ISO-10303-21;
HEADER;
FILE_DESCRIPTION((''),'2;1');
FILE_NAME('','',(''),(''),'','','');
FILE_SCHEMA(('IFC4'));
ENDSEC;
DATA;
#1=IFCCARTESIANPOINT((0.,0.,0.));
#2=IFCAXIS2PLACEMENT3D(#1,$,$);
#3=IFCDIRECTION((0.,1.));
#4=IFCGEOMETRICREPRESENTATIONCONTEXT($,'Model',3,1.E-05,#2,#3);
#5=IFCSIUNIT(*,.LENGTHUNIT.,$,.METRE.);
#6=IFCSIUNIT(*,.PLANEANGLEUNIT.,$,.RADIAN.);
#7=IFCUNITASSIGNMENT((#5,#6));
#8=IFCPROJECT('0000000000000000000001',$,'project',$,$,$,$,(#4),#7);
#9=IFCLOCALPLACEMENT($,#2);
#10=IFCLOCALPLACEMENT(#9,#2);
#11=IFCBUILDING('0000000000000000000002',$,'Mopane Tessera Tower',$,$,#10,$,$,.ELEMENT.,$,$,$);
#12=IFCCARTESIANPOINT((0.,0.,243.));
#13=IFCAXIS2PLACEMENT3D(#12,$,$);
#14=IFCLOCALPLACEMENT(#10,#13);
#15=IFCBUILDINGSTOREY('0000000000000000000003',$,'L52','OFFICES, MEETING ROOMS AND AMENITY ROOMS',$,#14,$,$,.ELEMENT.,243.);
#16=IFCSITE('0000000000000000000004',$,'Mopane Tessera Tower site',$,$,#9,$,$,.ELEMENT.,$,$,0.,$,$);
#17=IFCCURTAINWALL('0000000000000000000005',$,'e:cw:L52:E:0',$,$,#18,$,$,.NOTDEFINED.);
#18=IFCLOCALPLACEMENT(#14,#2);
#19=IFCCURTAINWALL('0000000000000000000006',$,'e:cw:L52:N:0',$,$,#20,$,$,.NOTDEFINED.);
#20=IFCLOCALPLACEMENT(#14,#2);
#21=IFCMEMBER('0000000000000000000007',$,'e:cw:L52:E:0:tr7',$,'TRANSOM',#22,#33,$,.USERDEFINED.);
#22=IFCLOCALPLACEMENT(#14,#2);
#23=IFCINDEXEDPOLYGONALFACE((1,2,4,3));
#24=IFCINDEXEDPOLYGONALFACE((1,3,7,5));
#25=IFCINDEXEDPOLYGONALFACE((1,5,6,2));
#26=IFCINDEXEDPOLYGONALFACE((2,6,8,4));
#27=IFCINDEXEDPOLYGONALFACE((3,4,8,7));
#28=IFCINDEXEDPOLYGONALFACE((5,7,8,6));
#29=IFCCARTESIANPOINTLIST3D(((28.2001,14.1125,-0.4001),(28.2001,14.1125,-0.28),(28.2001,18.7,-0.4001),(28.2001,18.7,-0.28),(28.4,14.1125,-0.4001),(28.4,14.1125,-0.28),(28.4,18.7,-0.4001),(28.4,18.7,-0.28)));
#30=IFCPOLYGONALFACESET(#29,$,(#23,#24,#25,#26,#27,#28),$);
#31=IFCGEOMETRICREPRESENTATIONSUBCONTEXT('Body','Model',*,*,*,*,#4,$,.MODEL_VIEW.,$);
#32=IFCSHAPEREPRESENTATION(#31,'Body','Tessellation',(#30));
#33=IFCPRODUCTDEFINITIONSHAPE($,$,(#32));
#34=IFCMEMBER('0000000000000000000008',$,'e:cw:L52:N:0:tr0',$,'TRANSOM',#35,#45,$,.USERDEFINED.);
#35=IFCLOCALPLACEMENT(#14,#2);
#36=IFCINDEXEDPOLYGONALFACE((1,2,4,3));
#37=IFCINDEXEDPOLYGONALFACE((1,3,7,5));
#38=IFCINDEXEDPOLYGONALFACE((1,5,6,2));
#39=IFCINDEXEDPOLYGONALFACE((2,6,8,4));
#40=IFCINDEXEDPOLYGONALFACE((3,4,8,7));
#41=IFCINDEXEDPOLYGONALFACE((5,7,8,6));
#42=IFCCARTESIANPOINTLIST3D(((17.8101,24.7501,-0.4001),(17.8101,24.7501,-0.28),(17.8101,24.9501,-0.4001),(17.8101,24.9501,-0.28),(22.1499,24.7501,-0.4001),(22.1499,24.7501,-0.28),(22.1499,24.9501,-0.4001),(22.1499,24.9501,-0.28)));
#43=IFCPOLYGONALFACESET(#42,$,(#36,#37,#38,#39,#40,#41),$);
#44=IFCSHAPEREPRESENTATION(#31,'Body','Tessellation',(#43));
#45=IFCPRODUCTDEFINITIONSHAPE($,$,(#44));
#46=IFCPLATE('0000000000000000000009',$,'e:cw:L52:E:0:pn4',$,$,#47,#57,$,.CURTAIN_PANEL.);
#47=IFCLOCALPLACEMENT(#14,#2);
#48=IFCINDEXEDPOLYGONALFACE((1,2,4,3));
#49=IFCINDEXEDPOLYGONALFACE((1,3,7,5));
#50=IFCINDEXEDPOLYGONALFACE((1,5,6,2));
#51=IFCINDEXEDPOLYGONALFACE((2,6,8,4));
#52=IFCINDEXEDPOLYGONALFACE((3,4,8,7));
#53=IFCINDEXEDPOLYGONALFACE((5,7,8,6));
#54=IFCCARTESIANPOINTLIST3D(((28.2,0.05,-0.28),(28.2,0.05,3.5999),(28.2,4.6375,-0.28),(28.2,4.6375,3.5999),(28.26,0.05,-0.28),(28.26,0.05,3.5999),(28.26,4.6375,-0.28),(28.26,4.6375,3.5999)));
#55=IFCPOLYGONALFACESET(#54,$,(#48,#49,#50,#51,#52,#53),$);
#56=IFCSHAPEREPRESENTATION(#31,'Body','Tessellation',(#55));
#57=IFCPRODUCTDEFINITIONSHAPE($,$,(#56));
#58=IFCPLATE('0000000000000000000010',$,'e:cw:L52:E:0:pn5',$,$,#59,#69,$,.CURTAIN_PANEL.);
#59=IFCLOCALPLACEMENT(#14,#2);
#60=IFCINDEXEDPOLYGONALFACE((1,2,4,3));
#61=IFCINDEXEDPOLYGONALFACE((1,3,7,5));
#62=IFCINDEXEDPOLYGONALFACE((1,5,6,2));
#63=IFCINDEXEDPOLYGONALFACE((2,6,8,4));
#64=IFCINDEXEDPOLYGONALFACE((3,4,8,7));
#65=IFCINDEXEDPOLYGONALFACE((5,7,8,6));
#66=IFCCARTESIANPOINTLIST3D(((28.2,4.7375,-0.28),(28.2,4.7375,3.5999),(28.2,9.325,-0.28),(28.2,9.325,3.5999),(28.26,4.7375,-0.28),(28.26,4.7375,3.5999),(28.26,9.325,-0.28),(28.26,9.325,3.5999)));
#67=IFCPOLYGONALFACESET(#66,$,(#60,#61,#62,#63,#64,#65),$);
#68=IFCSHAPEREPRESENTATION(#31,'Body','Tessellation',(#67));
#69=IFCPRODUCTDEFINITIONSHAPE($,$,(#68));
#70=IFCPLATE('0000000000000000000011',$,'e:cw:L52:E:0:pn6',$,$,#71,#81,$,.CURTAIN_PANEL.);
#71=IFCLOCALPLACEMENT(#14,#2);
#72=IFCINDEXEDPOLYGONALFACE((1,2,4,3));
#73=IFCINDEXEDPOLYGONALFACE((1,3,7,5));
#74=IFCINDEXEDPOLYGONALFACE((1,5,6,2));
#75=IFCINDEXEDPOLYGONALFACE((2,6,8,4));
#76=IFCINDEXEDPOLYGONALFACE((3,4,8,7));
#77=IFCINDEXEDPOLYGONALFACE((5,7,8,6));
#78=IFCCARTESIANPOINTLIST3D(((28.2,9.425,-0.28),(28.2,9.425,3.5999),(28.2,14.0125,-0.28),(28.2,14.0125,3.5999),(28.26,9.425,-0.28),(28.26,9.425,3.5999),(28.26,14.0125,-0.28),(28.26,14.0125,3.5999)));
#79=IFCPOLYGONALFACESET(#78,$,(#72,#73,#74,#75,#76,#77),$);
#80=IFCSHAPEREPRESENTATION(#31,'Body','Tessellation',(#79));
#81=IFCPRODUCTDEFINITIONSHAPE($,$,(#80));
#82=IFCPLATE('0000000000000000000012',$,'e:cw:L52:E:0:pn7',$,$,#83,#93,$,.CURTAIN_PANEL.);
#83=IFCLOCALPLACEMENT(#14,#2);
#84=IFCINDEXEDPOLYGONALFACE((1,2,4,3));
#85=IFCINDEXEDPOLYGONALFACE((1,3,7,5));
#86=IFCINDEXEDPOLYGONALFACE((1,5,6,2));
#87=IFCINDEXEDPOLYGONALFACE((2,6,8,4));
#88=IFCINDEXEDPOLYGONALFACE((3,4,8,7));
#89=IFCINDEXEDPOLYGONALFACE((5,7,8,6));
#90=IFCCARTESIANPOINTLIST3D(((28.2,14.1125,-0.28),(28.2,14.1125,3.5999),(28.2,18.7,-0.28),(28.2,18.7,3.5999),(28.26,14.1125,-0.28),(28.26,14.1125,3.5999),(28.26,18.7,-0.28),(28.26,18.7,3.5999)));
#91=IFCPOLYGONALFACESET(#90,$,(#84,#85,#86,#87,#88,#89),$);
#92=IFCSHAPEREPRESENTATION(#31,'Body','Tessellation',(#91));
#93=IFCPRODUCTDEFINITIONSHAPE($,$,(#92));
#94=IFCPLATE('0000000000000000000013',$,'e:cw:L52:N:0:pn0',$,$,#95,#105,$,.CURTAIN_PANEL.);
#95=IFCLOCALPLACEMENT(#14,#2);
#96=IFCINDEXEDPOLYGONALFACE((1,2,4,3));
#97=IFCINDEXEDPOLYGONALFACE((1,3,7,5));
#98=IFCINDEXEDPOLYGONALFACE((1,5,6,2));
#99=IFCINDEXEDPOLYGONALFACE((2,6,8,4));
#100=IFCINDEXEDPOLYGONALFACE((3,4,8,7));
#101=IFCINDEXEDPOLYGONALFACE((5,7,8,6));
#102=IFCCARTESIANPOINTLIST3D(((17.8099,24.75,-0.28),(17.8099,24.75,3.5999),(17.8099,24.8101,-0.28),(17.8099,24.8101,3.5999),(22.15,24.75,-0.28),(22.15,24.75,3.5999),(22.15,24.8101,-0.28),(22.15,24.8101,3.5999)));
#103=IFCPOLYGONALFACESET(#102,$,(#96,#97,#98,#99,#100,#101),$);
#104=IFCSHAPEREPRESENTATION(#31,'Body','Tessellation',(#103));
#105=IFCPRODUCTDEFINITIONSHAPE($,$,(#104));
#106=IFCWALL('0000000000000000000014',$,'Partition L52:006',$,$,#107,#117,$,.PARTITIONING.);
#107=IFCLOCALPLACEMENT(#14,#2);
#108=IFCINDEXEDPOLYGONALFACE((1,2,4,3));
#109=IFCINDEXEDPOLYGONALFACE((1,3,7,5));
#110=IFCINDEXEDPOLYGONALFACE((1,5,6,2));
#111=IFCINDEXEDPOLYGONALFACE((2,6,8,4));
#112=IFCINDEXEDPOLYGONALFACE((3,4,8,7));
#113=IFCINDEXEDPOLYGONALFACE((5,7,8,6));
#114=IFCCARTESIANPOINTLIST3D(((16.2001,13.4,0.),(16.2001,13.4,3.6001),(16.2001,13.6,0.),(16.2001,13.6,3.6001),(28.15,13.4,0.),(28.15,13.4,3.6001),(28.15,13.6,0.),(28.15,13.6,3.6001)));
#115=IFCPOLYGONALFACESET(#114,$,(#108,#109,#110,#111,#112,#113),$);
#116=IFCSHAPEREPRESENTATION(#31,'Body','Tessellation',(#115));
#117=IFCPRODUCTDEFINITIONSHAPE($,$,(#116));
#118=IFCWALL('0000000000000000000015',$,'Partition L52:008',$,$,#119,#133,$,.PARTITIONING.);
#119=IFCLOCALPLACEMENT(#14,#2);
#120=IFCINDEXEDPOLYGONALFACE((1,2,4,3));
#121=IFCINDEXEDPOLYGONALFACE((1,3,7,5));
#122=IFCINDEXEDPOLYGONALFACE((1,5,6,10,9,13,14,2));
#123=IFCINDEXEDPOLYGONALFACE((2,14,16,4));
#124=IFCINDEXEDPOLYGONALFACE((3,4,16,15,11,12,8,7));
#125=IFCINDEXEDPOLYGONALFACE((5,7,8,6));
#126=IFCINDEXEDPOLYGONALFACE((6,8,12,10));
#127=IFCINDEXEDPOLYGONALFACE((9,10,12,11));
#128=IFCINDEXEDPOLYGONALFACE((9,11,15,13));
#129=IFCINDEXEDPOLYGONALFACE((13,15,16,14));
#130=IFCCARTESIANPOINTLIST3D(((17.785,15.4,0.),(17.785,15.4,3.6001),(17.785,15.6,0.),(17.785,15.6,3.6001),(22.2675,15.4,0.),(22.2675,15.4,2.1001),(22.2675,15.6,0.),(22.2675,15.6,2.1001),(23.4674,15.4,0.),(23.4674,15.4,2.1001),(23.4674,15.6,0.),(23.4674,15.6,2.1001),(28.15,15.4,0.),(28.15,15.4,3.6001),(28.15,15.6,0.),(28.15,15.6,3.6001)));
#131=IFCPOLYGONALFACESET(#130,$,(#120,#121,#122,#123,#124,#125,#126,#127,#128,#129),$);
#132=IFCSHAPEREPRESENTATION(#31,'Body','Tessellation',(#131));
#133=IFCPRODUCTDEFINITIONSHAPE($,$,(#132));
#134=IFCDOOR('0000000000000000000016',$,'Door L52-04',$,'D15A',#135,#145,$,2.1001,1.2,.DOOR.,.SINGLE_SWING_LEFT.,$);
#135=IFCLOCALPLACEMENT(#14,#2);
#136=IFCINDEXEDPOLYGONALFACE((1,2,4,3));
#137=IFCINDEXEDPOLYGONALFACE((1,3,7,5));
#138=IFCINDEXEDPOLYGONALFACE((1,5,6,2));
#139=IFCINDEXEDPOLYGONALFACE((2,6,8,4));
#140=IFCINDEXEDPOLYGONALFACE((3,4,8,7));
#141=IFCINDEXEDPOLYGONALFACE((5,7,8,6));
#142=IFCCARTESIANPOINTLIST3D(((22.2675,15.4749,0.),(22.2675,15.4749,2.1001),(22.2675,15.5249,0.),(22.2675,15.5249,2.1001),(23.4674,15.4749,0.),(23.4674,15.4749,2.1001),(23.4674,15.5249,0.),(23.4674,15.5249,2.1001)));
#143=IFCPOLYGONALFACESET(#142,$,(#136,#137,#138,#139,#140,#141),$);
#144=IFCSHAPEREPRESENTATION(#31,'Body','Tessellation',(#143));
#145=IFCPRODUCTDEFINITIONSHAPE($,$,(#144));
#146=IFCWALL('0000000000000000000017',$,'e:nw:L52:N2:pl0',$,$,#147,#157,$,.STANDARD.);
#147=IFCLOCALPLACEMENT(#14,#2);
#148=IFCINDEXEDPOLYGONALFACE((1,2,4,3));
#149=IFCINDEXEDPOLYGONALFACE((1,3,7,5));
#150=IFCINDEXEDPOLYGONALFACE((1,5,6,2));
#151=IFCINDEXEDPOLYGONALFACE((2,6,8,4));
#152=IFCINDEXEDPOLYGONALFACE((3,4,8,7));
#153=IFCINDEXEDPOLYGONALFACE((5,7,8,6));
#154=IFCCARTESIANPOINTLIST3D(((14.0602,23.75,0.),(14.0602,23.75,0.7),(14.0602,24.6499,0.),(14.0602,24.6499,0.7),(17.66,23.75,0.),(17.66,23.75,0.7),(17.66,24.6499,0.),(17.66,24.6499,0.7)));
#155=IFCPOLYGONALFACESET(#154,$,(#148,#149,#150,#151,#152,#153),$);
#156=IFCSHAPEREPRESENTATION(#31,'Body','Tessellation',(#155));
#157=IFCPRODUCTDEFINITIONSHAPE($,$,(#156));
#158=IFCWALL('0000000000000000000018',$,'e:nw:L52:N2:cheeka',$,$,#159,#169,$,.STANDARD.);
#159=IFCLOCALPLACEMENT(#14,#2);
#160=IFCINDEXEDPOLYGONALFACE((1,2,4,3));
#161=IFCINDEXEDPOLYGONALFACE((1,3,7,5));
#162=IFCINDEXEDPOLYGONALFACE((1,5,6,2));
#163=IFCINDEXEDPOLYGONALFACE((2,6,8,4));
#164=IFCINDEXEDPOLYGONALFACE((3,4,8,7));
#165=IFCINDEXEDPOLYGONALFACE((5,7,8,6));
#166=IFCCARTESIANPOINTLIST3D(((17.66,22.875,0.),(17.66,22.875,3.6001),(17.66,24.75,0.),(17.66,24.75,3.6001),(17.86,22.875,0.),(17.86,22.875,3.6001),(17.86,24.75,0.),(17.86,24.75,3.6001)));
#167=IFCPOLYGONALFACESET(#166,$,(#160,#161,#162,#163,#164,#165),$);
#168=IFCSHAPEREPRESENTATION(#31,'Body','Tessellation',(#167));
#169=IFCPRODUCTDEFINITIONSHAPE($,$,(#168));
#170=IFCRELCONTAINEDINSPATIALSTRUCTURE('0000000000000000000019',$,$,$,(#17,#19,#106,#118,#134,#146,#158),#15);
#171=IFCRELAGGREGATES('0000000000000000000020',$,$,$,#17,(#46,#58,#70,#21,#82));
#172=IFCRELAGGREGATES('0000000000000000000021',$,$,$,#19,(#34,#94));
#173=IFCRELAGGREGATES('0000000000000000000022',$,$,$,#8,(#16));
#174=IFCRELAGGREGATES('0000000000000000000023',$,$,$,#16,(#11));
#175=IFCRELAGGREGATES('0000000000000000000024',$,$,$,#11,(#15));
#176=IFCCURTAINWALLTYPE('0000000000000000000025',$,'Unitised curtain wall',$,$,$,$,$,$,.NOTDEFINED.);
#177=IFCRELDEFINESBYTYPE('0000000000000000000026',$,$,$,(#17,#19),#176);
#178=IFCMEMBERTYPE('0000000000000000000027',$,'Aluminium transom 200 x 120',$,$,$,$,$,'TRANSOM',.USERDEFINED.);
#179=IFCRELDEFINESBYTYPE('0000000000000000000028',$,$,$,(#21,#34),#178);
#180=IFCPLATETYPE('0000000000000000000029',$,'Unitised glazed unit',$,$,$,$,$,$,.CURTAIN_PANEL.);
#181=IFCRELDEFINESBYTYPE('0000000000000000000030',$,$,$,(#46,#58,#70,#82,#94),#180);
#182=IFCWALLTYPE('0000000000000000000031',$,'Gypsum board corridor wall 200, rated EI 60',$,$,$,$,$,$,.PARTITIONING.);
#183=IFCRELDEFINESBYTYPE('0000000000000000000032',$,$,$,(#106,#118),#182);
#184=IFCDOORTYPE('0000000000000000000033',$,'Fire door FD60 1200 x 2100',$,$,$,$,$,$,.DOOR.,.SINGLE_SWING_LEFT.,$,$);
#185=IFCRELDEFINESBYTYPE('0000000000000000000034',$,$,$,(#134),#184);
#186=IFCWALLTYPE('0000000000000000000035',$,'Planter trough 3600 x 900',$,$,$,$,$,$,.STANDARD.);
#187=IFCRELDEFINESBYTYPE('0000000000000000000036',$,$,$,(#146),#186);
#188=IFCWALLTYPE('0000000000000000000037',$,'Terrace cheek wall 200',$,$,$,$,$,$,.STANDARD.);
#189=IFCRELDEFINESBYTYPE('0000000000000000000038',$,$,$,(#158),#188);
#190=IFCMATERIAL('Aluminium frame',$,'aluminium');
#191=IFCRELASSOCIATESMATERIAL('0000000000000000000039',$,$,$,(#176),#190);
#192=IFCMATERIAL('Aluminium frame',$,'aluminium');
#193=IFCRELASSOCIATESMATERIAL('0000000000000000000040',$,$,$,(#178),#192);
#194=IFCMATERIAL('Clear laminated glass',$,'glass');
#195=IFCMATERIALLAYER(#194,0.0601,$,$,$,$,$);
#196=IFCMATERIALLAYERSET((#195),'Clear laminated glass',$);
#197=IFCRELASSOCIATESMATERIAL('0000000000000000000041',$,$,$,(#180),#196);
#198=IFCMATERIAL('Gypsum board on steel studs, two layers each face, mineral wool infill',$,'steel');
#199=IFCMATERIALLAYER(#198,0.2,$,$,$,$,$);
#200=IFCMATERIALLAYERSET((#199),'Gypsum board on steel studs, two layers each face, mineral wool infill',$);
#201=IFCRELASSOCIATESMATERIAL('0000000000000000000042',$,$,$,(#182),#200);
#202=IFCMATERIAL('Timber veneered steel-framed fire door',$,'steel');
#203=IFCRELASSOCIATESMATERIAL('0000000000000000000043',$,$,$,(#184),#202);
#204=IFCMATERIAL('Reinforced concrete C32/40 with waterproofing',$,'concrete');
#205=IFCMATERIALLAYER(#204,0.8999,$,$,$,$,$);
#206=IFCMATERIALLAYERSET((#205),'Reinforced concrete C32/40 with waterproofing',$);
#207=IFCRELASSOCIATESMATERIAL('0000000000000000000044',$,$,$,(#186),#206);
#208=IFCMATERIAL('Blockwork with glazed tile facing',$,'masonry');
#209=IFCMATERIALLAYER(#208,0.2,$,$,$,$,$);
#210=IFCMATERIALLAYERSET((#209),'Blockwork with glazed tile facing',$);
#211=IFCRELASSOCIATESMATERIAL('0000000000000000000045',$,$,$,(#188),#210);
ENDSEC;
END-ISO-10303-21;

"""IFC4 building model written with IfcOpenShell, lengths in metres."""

from ifc_helpers import new_model, si_unit, direction, frame, frame_2d, origin, origin_2d, place, context, subcontext, project, spatial, rectangle, extrude, material, layer, layer_set, material_profile, profile_set, type_object, element, fill, aggregate, save


model = new_model("IFC4")

# Units and contexts
model_context = context("Model", 3, precision=1e-05, world=origin(), true_north=direction((0.0, 1.0)))
body_context = subcontext(model_context, "Body", "Model", "MODEL_VIEW")
ifc_project = project(units=[si_unit("LENGTHUNIT", "METRE"), si_unit("PLANEANGLEUNIT", "RADIAN")], contexts=[model_context])

# Site, building, storey
site_placement = place(None, origin())
site = spatial("IfcSite", under=ifc_project, at=site_placement, Name="Mopane Tessera Tower site", CompositionType="ELEMENT", RefElevation=0.0)
building_placement = place(site_placement, origin())
building = spatial("IfcBuilding", under=site, at=building_placement, Name="Mopane Tessera Tower", CompositionType="ELEMENT")
storey_placement = place(building_placement, frame((0.0, 0.0, 243.0)))
storey = spatial("IfcBuildingStorey", under=building, at=storey_placement, Name="L52", Description="OFFICES, MEETING ROOMS AND AMENITY ROOMS", CompositionType="ELEMENT", Elevation=243.0)

# Curtain walls
ifc_material_1 = material(Name="Aluminium frame", Category="aluminium")
curtain_wall_type = type_object("IfcCurtainWallType", Name="Unitised curtain wall", PredefinedType="NOTDEFINED", material=ifc_material_1)
curtain_wall_1_placement = place(storey_placement, origin())
curtain_wall_1 = element("IfcCurtainWall", 1, at=curtain_wall_1_placement, inside=storey, type_object=curtain_wall_type, Name="e:cw:L52:E:0", PredefinedType="NOTDEFINED")
curtain_wall_2_placement = place(storey_placement, origin())
curtain_wall_2 = element("IfcCurtainWall", 2, at=curtain_wall_2_placement, inside=storey, type_object=curtain_wall_type, Name="e:cw:L52:N:0", PredefinedType="NOTDEFINED")

# Members
ifc_material_2 = material(Name="Aluminium frame", Category="aluminium")
ifc_material_profile_1 = material_profile(ifc_material_2, rectangle(XDim=0.2, YDim=0.1201, at=origin_2d()))
ifc_profile_set_1 = profile_set([ifc_material_profile_1], Name="Aluminium frame")
member_type_1 = type_object("IfcMemberType", Name="Aluminium transom 200 x 120", ElementType="TRANSOM", PredefinedType="USERDEFINED", material=ifc_profile_set_1)
member_1_placement = place(storey_placement, frame((28.3, 14.1125, -0.3401), z_axis=(0.0, 1.0, 0.0), x_axis=(-1.0, 0.0, 0.0)))
member_1 = element("IfcMember", 3, at=member_1_placement, type_object=member_type_1, Name="e:cw:L52:E:0:tr7", ObjectType="TRANSOM", PredefinedType="USERDEFINED", context=body_context, shape_type="SweptSolid", body=[
    extrude(rectangle(XDim=0.2, YDim=0.1201, at=origin_2d()), origin(), (0.0, 0.0, 1.0), 4.5874),
])
member_2_placement = place(storey_placement, frame((22.1499, 24.8501, -0.3401), z_axis=(-1.0, 0.0, 0.0), x_axis=(0.0, -1.0, 0.0)))
member_2 = element("IfcMember", 4, at=member_2_placement, type_object=member_type_1, Name="e:cw:L52:N:0:tr0", ObjectType="TRANSOM", PredefinedType="USERDEFINED", context=body_context, shape_type="SweptSolid", body=[
    extrude(rectangle(XDim=0.2, YDim=0.1201, at=origin_2d()), origin(), (0.0, 0.0, 1.0), 4.3398),
])

# Plates
ifc_material_3 = material(Name="Clear laminated glass", Category="glass")
ifc_layer_1 = layer(ifc_material_3, 0.0601)
ifc_layer_set_1 = layer_set([ifc_layer_1], Name="Clear laminated glass")
plate_type = type_object("IfcPlateType", Name="Unitised glazed unit", PredefinedType="CURTAIN_PANEL", material=ifc_layer_set_1)
plate_1_placement = place(storey_placement, frame((28.23, 2.3438, -0.28), z_axis=(0.0, 0.0, 1.0), x_axis=(0.0, 1.0, 0.0)))
plate_1 = element("IfcPlate", 5, at=plate_1_placement, type_object=plate_type, Name="e:cw:L52:E:0:pn4", PredefinedType="CURTAIN_PANEL", context=body_context, shape_type="SweptSolid", body=[
    extrude(rectangle(XDim=4.5874, YDim=0.0601, at=origin_2d()), origin(), (0.0, 0.0, 1.0), 3.8799),
])
plate_2_placement = place(storey_placement, frame((28.23, 7.0312, -0.28), z_axis=(0.0, 0.0, 1.0), x_axis=(0.0, 1.0, 0.0)))
plate_2 = element("IfcPlate", 6, at=plate_2_placement, type_object=plate_type, Name="e:cw:L52:E:0:pn5", PredefinedType="CURTAIN_PANEL", context=body_context, shape_type="SweptSolid", body=[
    extrude(rectangle(XDim=4.5874, YDim=0.0601, at=origin_2d()), origin(), (0.0, 0.0, 1.0), 3.8799),
])
plate_3_placement = place(storey_placement, frame((28.23, 11.7188, -0.28), z_axis=(0.0, 0.0, 1.0), x_axis=(0.0, 1.0, 0.0)))
plate_3 = element("IfcPlate", 7, at=plate_3_placement, type_object=plate_type, Name="e:cw:L52:E:0:pn6", PredefinedType="CURTAIN_PANEL", context=body_context, shape_type="SweptSolid", body=[
    extrude(rectangle(XDim=4.5874, YDim=0.0601, at=origin_2d()), origin(), (0.0, 0.0, 1.0), 3.8799),
])
plate_4_placement = place(storey_placement, frame((28.23, 16.4062, -0.28), z_axis=(0.0, 0.0, 1.0), x_axis=(0.0, 1.0, 0.0)))
plate_4 = element("IfcPlate", 8, at=plate_4_placement, type_object=plate_type, Name="e:cw:L52:E:0:pn7", PredefinedType="CURTAIN_PANEL", context=body_context, shape_type="SweptSolid", body=[
    extrude(rectangle(XDim=4.5874, YDim=0.0601, at=origin_2d()), origin(), (0.0, 0.0, 1.0), 3.8799),
])
aggregate(curtain_wall_1, [plate_1, plate_2, plate_3, member_1, plate_4])
plate_5_placement = place(storey_placement, frame((19.98, 24.78, -0.28), z_axis=(0.0, 0.0, 1.0), x_axis=(-1.0, 0.0, 0.0)))
plate_5 = element("IfcPlate", 9, at=plate_5_placement, type_object=plate_type, Name="e:cw:L52:N:0:pn0", PredefinedType="CURTAIN_PANEL", context=body_context, shape_type="SweptSolid", body=[
    extrude(rectangle(XDim=4.3401, YDim=0.0601, at=origin_2d()), origin(), (0.0, 0.0, 1.0), 3.8799),
])
aggregate(curtain_wall_2, [member_2, plate_5])

# Wall
ifc_material_4 = material(Name="Gypsum board on steel studs, two layers each face, mineral wool infill", Category="steel")
ifc_layer_2 = layer(ifc_material_4, 0.2)
ifc_layer_set_2 = layer_set([ifc_layer_2], Name="Gypsum board on steel studs, two layers each face, mineral wool infill")
wall_type_1 = type_object("IfcWallType", Name="Gypsum board corridor wall 200, rated EI 60", PredefinedType="PARTITIONING", material=ifc_layer_set_2)
wall_1_placement = place(storey_placement, frame((16.2, 13.5, 0.0), z_axis=(0.0, 0.0, 1.0), x_axis=(1.0, 0.0, 0.0)))
element("IfcWall", 10, at=wall_1_placement, inside=storey, type_object=wall_type_1, Name="Partition L52:006", PredefinedType="PARTITIONING", context=body_context, shape_type="SweptSolid", body=[
    extrude(rectangle(XDim=11.95, YDim=0.2, at=frame_2d((5.9751, 0.0))), origin(), (0.0, 0.0, 1.0), 3.6001),
])

# Wall, opening, door
wall_2_placement = place(storey_placement, frame((17.7849, 15.5, 0.0), z_axis=(0.0, 0.0, 1.0), x_axis=(1.0, 0.0, 0.0)))
wall_2 = element("IfcWall", 11, at=wall_2_placement, inside=storey, type_object=wall_type_1, Name="Partition L52:008", PredefinedType="PARTITIONING", context=body_context, shape_type="SweptSolid", body=[
    extrude(rectangle(XDim=10.365, YDim=0.2, at=frame_2d((5.1826, 0.0))), origin(), (0.0, 0.0, 1.0), 3.6001),
])
opening_1_placement = place(wall_2_placement, frame((4.4824, 0.0, 0.0)))
opening_1 = element("IfcOpeningElement", 12, at=opening_1_placement, cuts=wall_2, PredefinedType="OPENING", context=body_context, shape_type="SweptSolid", body=[
    extrude(rectangle(XDim=1.2, YDim=2.1001, at=frame_2d((0.6001, 1.05))), frame((0.0, 0.1121, 0.0), z_axis=(0.0, -1.0, 0.0), x_axis=(1.0, 0.0, 0.0)), (0.0, 0.0, 1.0), 0.2239),
])
ifc_material_5 = material(Name="Timber veneered steel-framed fire door", Category="steel")
door_type_1 = type_object("IfcDoorType", Name="Fire door FD60 1200 x 2100", OperationType="SINGLE_SWING_LEFT", PredefinedType="DOOR", material=ifc_material_5)
door_1_placement = place(opening_1_placement, origin())
door_1 = element("IfcDoor", 13, at=door_1_placement, inside=storey, type_object=door_type_1, Name="Door L52-04", ObjectType="D15A", OperationType="SINGLE_SWING_LEFT", OverallHeight=2.1001, OverallWidth=1.2, PredefinedType="DOOR", context=body_context, shape_type="SweptSolid", body=[
    extrude(rectangle(XDim=1.2, YDim=2.1001, at=frame_2d((0.6001, 1.05))), frame((0.0, 0.0249, 0.0), z_axis=(0.0, -1.0, 0.0), x_axis=(1.0, 0.0, 0.0)), (0.0, 0.0, 1.0), 0.05),
])
fill(opening_1, door_1)

# Walls
ifc_material_6 = material(Name="Reinforced concrete C32/40 with waterproofing", Category="concrete")
ifc_layer_3 = layer(ifc_material_6, 0.8999)
ifc_layer_set_3 = layer_set([ifc_layer_3], Name="Reinforced concrete C32/40 with waterproofing")
wall_type_2 = type_object("IfcWallType", Name="Planter trough 3600 x 900", PredefinedType="STANDARD", material=ifc_layer_set_3)
wall_3_placement = place(storey_placement, frame((17.6599, 24.2, 0.0), z_axis=(0.0, 0.0, 1.0), x_axis=(-1.0, 0.0, 0.0)))
element("IfcWall", 14, at=wall_3_placement, inside=storey, type_object=wall_type_2, Name="e:nw:L52:N2:pl0", PredefinedType="STANDARD", context=body_context, shape_type="SweptSolid", body=[
    extrude(rectangle(XDim=3.5999, YDim=0.8999, at=frame_2d((1.7998, 0.0))), origin(), (0.0, 0.0, 1.0), 0.7),
])
ifc_material_7 = material(Name="Blockwork with glazed tile facing", Category="masonry")
ifc_layer_4 = layer(ifc_material_7, 0.2)
ifc_layer_set_4 = layer_set([ifc_layer_4], Name="Blockwork with glazed tile facing")
wall_type_3 = type_object("IfcWallType", Name="Terrace cheek wall 200", PredefinedType="STANDARD", material=ifc_layer_set_4)
wall_4_placement = place(storey_placement, frame((17.76, 24.75, 0.0), z_axis=(0.0, 0.0, 1.0), x_axis=(0.0, -1.0, 0.0)))
element("IfcWall", 15, at=wall_4_placement, inside=storey, type_object=wall_type_3, Name="e:nw:L52:N2:cheeka", PredefinedType="STANDARD", context=body_context, shape_type="SweptSolid", body=[
    extrude(rectangle(XDim=1.875, YDim=0.2, at=frame_2d((0.9375, 0.0))), origin(), (0.0, 0.0, 1.0), 3.6001),
])

save(model, "model.ifc")
